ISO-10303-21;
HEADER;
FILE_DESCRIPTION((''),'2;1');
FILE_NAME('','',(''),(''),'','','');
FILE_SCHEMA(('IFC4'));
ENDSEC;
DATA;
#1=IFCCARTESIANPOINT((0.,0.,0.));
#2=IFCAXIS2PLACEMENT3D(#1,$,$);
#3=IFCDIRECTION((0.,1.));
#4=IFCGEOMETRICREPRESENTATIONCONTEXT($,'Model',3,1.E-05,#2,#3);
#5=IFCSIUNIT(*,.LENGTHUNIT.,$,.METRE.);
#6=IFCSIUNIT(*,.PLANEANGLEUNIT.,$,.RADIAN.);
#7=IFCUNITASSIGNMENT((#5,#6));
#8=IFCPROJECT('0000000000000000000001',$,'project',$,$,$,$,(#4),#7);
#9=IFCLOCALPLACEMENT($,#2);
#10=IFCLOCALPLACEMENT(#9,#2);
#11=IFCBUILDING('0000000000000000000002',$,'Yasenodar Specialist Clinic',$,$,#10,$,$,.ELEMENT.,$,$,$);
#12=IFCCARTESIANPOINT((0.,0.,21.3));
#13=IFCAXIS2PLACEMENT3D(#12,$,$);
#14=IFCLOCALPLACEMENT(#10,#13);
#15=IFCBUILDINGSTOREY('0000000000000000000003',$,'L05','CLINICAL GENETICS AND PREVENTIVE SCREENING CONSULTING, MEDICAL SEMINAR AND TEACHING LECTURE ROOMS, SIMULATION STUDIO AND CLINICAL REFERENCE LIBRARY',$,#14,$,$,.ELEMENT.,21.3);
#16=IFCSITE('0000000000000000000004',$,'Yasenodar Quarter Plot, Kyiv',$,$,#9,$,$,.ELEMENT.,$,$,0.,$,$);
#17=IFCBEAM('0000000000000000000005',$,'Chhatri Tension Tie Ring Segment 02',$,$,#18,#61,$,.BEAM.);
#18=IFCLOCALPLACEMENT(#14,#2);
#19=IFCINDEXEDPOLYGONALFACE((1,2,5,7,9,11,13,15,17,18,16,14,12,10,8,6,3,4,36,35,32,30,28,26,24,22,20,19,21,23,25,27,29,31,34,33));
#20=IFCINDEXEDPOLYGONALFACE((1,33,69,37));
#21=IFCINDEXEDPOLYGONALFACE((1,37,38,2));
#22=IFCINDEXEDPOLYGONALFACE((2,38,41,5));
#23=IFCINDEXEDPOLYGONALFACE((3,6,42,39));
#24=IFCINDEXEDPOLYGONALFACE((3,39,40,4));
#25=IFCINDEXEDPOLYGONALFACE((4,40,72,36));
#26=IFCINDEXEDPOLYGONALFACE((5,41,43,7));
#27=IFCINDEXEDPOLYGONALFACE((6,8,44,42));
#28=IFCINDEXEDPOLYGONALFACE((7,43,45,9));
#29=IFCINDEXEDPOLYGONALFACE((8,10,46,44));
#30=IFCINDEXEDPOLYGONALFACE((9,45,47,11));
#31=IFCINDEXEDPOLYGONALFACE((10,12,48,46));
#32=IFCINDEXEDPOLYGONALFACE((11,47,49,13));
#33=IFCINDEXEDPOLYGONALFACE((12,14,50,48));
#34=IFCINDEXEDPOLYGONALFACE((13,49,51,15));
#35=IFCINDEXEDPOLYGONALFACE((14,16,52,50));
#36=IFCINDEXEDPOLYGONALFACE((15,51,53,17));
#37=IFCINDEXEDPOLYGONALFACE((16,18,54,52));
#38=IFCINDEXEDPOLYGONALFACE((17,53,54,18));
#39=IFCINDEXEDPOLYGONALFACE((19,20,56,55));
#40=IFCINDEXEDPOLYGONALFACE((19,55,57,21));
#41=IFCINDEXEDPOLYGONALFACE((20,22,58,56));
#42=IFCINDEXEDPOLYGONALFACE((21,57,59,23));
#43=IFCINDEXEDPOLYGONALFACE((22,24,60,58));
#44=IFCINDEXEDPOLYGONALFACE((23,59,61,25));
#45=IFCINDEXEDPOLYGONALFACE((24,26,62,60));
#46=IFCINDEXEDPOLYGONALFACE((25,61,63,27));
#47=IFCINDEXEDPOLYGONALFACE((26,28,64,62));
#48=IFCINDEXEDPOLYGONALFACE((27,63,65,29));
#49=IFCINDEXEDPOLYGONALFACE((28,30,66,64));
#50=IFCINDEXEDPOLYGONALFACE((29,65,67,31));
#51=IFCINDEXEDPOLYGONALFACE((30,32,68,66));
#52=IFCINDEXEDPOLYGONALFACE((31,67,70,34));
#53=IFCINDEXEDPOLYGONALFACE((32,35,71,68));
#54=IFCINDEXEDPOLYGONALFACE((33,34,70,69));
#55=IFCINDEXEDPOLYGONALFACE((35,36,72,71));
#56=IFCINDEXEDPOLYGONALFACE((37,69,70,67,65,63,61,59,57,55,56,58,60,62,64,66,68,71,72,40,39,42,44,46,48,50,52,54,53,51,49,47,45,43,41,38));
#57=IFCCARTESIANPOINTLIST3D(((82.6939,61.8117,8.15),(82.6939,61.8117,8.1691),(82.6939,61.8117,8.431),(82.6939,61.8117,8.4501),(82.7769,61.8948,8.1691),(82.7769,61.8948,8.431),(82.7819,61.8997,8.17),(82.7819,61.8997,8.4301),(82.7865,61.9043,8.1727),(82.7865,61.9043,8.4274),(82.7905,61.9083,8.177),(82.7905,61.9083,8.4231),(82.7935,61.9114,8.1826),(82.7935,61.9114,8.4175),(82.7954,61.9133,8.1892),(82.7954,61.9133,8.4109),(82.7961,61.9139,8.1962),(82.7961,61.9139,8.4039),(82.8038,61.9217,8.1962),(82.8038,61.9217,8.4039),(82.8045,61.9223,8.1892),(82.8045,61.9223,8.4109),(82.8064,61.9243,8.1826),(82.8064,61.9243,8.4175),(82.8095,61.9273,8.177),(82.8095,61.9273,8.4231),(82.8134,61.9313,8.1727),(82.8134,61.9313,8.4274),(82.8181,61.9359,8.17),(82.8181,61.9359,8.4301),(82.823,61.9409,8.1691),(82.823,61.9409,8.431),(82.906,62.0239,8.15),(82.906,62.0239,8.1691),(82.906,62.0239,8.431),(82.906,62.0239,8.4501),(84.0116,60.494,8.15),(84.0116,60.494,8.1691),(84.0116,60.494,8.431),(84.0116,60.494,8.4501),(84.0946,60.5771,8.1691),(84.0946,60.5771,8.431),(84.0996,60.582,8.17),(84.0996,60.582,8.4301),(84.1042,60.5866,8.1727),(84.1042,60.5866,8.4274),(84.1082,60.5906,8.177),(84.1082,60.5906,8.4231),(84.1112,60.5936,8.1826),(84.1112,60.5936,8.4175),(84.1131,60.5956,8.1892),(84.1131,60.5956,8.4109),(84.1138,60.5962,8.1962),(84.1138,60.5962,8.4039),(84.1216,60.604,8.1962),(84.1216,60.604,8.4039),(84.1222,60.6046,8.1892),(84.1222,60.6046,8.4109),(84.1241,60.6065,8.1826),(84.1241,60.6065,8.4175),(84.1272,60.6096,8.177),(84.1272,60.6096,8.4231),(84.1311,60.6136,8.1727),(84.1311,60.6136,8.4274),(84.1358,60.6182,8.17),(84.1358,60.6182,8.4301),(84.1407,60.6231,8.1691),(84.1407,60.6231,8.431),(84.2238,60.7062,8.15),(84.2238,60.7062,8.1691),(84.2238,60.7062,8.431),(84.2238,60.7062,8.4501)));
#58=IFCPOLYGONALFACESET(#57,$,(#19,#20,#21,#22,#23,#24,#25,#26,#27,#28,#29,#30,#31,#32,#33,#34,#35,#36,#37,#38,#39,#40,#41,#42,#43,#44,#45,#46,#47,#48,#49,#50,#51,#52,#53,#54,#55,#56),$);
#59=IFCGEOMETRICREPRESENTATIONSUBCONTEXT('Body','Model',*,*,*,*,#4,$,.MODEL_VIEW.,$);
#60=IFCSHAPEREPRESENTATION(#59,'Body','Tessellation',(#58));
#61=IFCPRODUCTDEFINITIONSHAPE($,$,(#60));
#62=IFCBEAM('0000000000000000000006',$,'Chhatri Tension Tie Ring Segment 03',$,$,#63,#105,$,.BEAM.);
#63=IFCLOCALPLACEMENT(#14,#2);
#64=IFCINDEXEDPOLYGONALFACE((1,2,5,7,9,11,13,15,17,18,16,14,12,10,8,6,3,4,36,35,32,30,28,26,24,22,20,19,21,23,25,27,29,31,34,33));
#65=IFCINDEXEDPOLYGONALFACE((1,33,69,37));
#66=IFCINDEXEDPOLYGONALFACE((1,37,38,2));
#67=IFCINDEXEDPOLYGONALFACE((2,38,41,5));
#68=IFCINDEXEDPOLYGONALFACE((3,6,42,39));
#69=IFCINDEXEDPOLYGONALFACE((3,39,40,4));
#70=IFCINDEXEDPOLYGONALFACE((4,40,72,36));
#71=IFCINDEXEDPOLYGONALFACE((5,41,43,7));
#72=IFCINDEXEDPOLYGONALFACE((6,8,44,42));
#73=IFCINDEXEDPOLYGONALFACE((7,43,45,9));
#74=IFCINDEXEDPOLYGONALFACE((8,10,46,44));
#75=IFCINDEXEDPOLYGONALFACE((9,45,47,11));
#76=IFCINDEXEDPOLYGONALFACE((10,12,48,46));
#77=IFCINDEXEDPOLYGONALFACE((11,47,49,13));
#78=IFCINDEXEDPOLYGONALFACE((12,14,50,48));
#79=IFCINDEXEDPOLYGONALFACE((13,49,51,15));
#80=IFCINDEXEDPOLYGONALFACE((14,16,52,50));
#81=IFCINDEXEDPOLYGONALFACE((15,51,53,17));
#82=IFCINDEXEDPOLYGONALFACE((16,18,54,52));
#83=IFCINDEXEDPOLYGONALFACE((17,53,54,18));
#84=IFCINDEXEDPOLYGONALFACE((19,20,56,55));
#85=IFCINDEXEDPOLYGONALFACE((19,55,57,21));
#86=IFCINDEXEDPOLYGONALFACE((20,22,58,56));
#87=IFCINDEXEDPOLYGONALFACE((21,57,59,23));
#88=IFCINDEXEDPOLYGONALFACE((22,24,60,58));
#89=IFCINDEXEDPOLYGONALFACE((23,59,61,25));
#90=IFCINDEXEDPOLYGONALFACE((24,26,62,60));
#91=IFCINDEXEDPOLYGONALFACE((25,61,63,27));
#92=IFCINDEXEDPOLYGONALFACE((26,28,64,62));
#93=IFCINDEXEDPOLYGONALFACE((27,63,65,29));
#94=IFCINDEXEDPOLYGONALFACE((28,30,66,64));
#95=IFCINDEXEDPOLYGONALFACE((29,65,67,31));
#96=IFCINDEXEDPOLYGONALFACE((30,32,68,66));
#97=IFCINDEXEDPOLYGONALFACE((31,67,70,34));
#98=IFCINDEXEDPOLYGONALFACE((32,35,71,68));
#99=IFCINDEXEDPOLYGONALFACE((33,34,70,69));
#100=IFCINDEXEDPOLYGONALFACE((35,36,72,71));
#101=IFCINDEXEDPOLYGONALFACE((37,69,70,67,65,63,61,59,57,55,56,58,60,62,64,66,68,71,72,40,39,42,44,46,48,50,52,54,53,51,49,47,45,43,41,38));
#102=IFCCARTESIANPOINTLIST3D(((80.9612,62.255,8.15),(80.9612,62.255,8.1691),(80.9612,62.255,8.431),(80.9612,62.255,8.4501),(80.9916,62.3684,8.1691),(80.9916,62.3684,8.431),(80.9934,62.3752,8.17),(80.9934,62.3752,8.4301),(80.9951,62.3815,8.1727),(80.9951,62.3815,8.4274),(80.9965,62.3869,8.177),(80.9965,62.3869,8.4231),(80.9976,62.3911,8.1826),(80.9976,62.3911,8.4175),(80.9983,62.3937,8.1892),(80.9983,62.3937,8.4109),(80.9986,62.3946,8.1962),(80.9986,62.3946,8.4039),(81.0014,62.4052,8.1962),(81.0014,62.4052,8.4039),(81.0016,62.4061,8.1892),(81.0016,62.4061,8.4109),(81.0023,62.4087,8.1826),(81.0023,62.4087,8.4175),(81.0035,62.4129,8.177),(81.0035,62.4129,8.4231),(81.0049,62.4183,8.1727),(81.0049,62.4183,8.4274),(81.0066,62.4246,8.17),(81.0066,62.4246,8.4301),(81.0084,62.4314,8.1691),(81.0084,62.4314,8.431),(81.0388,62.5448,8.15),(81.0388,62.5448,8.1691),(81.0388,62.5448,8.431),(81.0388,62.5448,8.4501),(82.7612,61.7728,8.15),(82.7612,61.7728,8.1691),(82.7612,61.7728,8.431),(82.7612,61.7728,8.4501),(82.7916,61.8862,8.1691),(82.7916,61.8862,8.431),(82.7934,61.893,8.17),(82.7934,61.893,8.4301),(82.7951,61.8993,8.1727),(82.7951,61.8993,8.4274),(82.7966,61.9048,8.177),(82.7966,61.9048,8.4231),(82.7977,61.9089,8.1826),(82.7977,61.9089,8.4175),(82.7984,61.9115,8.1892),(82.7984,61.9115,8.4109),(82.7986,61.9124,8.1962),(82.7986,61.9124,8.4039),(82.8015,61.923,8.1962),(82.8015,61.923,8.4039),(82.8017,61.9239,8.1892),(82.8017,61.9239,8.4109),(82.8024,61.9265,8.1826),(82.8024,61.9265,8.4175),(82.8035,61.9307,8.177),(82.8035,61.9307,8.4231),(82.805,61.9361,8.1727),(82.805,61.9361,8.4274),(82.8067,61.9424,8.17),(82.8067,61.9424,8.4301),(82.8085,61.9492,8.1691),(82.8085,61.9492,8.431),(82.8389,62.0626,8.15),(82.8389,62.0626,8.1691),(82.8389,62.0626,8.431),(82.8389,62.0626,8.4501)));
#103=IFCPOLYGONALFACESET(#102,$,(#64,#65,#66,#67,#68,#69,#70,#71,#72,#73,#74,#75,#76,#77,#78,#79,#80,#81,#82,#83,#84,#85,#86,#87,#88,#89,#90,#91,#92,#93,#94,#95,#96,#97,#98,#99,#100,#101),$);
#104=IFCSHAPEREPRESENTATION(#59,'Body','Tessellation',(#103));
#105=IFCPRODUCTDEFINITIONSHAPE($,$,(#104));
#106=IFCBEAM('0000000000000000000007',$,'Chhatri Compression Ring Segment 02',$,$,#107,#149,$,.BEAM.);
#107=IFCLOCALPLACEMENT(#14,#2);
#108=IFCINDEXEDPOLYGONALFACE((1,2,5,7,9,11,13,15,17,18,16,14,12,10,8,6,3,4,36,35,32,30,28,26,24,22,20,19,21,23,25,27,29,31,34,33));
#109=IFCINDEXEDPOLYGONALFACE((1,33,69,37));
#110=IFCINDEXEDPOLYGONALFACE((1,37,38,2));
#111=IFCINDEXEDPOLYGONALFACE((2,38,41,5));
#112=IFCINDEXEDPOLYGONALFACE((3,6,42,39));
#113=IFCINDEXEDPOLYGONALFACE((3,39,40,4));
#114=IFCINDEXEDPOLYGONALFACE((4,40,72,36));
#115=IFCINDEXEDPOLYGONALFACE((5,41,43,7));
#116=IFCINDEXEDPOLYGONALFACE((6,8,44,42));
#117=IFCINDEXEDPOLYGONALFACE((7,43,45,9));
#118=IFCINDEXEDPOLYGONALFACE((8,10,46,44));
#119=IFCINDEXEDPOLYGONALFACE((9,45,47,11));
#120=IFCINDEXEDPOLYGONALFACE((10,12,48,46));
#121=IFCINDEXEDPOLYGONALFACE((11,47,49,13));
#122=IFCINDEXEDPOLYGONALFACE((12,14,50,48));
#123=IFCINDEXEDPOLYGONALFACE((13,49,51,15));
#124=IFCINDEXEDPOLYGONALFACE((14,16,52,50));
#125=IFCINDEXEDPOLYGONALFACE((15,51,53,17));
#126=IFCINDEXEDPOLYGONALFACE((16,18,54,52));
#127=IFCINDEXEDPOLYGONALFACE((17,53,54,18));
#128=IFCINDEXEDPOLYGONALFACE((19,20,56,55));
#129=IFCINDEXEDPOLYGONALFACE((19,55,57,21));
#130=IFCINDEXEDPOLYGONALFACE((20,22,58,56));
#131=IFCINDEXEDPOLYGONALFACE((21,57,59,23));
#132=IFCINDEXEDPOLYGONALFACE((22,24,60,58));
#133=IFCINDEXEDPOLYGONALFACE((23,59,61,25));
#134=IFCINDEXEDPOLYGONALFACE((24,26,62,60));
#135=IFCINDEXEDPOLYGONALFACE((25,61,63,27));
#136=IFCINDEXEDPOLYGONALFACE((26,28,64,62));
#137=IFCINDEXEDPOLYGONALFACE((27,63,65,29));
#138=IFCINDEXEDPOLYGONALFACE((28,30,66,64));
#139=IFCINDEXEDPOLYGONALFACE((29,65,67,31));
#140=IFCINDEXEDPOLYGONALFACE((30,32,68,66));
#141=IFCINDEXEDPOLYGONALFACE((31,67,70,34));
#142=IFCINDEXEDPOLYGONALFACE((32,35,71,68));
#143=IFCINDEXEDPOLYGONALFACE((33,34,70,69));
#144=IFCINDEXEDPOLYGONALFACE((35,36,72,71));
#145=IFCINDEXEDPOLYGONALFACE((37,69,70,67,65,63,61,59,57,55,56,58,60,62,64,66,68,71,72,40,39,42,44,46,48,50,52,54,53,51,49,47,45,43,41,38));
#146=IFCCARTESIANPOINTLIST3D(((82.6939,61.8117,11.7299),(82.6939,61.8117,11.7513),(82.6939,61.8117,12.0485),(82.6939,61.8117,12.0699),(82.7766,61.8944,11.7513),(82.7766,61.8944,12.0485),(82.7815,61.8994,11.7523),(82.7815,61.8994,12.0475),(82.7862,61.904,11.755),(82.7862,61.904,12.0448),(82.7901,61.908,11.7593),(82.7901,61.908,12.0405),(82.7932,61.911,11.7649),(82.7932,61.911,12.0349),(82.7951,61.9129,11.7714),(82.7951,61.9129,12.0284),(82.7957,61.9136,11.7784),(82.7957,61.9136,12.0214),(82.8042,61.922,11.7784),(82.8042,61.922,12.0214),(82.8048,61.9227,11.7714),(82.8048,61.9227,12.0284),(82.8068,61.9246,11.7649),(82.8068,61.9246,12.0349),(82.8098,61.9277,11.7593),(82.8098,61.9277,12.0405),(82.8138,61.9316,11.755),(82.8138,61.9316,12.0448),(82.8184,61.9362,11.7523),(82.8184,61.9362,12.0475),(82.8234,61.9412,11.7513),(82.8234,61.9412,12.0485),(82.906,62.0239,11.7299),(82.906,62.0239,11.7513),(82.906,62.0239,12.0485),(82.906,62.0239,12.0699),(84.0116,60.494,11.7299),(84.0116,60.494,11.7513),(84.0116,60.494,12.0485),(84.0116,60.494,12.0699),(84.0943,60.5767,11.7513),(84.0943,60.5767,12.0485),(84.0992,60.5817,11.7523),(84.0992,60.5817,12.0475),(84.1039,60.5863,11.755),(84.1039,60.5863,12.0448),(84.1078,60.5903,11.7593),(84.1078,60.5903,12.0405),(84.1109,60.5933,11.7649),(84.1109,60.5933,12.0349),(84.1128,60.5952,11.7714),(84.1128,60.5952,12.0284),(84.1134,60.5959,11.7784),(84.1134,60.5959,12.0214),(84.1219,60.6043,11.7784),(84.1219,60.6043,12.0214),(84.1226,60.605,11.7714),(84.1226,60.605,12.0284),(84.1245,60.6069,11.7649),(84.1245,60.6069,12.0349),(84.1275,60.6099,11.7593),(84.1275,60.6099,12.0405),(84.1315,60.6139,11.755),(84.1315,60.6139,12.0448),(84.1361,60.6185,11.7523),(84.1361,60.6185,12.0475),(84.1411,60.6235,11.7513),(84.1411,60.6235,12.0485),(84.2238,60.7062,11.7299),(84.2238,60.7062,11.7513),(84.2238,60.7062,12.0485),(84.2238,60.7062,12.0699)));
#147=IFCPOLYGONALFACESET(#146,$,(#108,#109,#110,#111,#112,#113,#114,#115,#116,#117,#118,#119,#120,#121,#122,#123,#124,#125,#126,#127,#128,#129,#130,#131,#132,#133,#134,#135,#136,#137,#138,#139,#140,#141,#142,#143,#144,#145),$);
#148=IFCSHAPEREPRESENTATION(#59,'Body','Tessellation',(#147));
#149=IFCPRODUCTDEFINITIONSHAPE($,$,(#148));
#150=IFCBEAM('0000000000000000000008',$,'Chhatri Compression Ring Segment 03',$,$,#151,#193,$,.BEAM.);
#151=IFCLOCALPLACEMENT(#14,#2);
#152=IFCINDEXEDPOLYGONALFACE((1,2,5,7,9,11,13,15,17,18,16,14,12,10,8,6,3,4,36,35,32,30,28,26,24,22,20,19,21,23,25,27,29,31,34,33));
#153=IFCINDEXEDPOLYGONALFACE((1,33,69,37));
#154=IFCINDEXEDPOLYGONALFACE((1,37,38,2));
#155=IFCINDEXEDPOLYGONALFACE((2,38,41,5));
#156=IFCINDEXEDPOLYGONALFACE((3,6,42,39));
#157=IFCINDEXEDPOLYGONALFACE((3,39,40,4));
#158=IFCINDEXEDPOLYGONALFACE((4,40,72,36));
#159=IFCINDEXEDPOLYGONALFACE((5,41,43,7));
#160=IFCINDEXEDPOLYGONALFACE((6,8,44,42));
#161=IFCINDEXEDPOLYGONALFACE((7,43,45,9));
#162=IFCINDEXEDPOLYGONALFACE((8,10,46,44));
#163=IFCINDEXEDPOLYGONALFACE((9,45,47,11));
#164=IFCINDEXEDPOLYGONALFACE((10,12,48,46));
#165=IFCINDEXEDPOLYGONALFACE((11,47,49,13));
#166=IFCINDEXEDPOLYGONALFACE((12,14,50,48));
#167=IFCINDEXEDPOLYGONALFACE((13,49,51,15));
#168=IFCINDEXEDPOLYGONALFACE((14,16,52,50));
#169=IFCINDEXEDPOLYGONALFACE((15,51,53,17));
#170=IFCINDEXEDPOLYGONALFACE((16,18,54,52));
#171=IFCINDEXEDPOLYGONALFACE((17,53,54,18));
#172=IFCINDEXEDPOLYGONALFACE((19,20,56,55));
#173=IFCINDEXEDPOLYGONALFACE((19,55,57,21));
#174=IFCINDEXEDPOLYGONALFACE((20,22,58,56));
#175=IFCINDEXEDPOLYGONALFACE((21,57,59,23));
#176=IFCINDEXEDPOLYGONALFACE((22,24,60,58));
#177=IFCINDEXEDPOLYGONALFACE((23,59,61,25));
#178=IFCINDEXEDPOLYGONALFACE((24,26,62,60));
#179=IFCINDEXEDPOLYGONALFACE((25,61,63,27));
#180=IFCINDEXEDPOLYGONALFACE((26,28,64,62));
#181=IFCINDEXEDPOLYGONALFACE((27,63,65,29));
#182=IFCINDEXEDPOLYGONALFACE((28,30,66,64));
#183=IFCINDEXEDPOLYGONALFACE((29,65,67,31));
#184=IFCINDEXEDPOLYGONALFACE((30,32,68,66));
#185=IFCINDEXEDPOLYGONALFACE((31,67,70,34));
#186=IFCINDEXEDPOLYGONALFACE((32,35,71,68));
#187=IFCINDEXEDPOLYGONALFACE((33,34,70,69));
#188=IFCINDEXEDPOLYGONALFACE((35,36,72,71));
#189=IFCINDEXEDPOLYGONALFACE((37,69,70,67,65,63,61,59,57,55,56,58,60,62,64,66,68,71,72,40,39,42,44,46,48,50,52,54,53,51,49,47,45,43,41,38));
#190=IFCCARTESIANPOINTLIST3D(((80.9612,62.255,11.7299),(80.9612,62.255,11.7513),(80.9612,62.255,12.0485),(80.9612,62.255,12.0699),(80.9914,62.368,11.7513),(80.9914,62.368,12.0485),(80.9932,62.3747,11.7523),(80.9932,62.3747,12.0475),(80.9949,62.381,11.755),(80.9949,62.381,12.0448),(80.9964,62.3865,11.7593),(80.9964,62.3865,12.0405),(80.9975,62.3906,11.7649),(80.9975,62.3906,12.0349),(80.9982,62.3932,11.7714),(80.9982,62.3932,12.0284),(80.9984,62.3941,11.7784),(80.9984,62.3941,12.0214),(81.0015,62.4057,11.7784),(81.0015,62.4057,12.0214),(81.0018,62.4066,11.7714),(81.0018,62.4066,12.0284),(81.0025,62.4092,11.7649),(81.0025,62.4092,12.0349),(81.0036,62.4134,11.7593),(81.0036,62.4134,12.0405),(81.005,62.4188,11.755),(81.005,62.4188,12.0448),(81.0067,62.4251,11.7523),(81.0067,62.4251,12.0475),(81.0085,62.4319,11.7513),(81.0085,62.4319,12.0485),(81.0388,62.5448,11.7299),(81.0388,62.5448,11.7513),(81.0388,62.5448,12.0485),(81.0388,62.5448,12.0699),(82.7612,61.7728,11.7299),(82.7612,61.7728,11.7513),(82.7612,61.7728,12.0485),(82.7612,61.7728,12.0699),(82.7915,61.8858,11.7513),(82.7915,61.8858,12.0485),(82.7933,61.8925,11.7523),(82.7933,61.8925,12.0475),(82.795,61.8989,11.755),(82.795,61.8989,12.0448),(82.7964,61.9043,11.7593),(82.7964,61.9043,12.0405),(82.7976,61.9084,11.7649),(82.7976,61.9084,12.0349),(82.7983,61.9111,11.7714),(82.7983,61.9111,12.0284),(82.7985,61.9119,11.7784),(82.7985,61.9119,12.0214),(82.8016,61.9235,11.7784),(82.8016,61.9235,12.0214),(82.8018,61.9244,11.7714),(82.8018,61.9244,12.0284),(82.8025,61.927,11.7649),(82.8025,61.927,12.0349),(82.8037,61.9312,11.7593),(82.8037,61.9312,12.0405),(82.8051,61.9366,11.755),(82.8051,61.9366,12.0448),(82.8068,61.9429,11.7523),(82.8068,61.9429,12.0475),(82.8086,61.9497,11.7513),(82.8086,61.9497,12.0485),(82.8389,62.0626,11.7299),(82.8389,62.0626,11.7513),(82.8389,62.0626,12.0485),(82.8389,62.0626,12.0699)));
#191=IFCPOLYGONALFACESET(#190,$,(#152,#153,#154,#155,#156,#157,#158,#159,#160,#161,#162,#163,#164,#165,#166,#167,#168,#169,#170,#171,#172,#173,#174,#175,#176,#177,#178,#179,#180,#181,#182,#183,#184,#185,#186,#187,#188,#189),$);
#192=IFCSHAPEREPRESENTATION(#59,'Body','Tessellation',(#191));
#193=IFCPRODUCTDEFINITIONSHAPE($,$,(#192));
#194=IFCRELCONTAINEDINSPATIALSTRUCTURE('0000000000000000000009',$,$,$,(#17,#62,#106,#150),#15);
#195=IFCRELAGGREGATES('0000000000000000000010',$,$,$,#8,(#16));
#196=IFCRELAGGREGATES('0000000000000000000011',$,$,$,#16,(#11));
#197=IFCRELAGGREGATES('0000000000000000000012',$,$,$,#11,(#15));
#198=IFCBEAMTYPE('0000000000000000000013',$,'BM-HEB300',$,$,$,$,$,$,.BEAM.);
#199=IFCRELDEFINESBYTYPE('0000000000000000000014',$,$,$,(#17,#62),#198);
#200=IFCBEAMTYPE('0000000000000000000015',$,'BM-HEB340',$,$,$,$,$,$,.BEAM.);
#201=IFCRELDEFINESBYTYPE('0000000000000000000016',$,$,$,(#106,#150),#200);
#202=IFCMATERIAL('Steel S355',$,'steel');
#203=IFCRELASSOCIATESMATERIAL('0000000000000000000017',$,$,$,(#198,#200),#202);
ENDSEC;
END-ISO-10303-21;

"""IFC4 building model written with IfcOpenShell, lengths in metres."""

from ifc_helpers import new_model, si_unit, direction, frame, origin, origin_2d, place, context, subcontext, project, spatial, i_section, extrude, material, material_profile, profile_set, type_object, element, save


model = new_model("IFC4")

# Units and contexts
model_context = context("Model", 3, precision=1e-05, world=origin(), true_north=direction((0.0, 1.0)))
body_context = subcontext(model_context, "Body", "Model", "MODEL_VIEW")
ifc_project = project(units=[si_unit("LENGTHUNIT", "METRE"), si_unit("PLANEANGLEUNIT", "RADIAN")], contexts=[model_context])

# Site, building, storey
site_placement = place(None, origin())
site = spatial("IfcSite", under=ifc_project, at=site_placement, Name="Yasenodar Quarter Plot, Kyiv", CompositionType="ELEMENT", RefElevation=0.0)
building_placement = place(site_placement, origin())
building = spatial("IfcBuilding", under=site, at=building_placement, Name="Yasenodar Specialist Clinic", CompositionType="ELEMENT")
storey_placement = place(building_placement, frame((0.0, 0.0, 21.3)))
storey = spatial("IfcBuildingStorey", under=building, at=storey_placement, Name="L05", Description="CLINICAL GENETICS AND PREVENTIVE SCREENING CONSULTING, MEDICAL SEMINAR AND TEACHING LECTURE ROOMS, SIMULATION STUDIO AND CLINICAL REFERENCE LIBRARY", CompositionType="ELEMENT", Elevation=21.3)

# Beams
ifc_material = material(Name="Steel S355", Category="steel")
ifc_material_profile_1 = material_profile(ifc_material, i_section(OverallWidth=0.3, OverallDepth=0.3, WebThickness=0.011, FlangeThickness=0.019, FilletRadius=0.0271, at=origin_2d()), Name="HEB 300")
ifc_profile_set_1 = profile_set([ifc_material_profile_1], Name="Steel S355")
beam_type_1 = type_object("IfcBeamType", Name="BM-HEB300", PredefinedType="BEAM", material=ifc_profile_set_1)
for number, where, z_axis, x_axis, name in (
    (1, (84.1177, 60.6001, 8.3), (-0.707107, 0.707107, 0.0), (-0.707107, -0.707107, 0.0), "Chhatri Tension Tie Ring Segment 02"),
    (2, (82.8, 61.9177, 8.3), (-0.965945, 0.258747, 0.0), (-0.258747, -0.965945, 0.0), "Chhatri Tension Tie Ring Segment 03"),
):
    element("IfcBeam", number, at=place(storey_placement, frame(where, z_axis=z_axis, x_axis=x_axis)), inside=storey, type_object=beam_type_1, Name=name, PredefinedType="BEAM", context=body_context, shape_type="SweptSolid", body=[
        extrude(i_section(OverallWidth=0.3, OverallDepth=0.3, WebThickness=0.011, FlangeThickness=0.019, FilletRadius=0.0271, at=origin_2d()), origin(), (0.0, 0.0, 1.0), 1.8635),
    ])
ifc_material_profile_2 = material_profile(ifc_material, i_section(OverallWidth=0.3, OverallDepth=0.3401, WebThickness=0.012, FlangeThickness=0.0215, FilletRadius=0.0271, at=origin_2d()), Name="HEB 340")
ifc_profile_set_2 = profile_set([ifc_material_profile_2], Name="Steel S355")
beam_type_2 = type_object("IfcBeamType", Name="BM-HEB340", PredefinedType="BEAM", material=ifc_profile_set_2)
for number, where, z_axis, x_axis, name in (
    (3, (84.1177, 60.6001, 11.8999), (-0.707107, 0.707107, 0.0), (-0.707107, -0.707107, 0.0), "Chhatri Compression Ring Segment 02"),
    (4, (82.8, 61.9177, 11.8999), (-0.965945, 0.258747, 0.0), (-0.258747, -0.965945, 0.0), "Chhatri Compression Ring Segment 03"),
):
    element("IfcBeam", number, at=place(storey_placement, frame(where, z_axis=z_axis, x_axis=x_axis)), inside=storey, type_object=beam_type_2, Name=name, PredefinedType="BEAM", context=body_context, shape_type="SweptSolid", body=[
        extrude(i_section(OverallWidth=0.3, OverallDepth=0.3401, WebThickness=0.012, FlangeThickness=0.0215, FilletRadius=0.0271, at=origin_2d()), origin(), (0.0, 0.0, 1.0), 1.8635),
    ])

save(model, "model.ifc")
